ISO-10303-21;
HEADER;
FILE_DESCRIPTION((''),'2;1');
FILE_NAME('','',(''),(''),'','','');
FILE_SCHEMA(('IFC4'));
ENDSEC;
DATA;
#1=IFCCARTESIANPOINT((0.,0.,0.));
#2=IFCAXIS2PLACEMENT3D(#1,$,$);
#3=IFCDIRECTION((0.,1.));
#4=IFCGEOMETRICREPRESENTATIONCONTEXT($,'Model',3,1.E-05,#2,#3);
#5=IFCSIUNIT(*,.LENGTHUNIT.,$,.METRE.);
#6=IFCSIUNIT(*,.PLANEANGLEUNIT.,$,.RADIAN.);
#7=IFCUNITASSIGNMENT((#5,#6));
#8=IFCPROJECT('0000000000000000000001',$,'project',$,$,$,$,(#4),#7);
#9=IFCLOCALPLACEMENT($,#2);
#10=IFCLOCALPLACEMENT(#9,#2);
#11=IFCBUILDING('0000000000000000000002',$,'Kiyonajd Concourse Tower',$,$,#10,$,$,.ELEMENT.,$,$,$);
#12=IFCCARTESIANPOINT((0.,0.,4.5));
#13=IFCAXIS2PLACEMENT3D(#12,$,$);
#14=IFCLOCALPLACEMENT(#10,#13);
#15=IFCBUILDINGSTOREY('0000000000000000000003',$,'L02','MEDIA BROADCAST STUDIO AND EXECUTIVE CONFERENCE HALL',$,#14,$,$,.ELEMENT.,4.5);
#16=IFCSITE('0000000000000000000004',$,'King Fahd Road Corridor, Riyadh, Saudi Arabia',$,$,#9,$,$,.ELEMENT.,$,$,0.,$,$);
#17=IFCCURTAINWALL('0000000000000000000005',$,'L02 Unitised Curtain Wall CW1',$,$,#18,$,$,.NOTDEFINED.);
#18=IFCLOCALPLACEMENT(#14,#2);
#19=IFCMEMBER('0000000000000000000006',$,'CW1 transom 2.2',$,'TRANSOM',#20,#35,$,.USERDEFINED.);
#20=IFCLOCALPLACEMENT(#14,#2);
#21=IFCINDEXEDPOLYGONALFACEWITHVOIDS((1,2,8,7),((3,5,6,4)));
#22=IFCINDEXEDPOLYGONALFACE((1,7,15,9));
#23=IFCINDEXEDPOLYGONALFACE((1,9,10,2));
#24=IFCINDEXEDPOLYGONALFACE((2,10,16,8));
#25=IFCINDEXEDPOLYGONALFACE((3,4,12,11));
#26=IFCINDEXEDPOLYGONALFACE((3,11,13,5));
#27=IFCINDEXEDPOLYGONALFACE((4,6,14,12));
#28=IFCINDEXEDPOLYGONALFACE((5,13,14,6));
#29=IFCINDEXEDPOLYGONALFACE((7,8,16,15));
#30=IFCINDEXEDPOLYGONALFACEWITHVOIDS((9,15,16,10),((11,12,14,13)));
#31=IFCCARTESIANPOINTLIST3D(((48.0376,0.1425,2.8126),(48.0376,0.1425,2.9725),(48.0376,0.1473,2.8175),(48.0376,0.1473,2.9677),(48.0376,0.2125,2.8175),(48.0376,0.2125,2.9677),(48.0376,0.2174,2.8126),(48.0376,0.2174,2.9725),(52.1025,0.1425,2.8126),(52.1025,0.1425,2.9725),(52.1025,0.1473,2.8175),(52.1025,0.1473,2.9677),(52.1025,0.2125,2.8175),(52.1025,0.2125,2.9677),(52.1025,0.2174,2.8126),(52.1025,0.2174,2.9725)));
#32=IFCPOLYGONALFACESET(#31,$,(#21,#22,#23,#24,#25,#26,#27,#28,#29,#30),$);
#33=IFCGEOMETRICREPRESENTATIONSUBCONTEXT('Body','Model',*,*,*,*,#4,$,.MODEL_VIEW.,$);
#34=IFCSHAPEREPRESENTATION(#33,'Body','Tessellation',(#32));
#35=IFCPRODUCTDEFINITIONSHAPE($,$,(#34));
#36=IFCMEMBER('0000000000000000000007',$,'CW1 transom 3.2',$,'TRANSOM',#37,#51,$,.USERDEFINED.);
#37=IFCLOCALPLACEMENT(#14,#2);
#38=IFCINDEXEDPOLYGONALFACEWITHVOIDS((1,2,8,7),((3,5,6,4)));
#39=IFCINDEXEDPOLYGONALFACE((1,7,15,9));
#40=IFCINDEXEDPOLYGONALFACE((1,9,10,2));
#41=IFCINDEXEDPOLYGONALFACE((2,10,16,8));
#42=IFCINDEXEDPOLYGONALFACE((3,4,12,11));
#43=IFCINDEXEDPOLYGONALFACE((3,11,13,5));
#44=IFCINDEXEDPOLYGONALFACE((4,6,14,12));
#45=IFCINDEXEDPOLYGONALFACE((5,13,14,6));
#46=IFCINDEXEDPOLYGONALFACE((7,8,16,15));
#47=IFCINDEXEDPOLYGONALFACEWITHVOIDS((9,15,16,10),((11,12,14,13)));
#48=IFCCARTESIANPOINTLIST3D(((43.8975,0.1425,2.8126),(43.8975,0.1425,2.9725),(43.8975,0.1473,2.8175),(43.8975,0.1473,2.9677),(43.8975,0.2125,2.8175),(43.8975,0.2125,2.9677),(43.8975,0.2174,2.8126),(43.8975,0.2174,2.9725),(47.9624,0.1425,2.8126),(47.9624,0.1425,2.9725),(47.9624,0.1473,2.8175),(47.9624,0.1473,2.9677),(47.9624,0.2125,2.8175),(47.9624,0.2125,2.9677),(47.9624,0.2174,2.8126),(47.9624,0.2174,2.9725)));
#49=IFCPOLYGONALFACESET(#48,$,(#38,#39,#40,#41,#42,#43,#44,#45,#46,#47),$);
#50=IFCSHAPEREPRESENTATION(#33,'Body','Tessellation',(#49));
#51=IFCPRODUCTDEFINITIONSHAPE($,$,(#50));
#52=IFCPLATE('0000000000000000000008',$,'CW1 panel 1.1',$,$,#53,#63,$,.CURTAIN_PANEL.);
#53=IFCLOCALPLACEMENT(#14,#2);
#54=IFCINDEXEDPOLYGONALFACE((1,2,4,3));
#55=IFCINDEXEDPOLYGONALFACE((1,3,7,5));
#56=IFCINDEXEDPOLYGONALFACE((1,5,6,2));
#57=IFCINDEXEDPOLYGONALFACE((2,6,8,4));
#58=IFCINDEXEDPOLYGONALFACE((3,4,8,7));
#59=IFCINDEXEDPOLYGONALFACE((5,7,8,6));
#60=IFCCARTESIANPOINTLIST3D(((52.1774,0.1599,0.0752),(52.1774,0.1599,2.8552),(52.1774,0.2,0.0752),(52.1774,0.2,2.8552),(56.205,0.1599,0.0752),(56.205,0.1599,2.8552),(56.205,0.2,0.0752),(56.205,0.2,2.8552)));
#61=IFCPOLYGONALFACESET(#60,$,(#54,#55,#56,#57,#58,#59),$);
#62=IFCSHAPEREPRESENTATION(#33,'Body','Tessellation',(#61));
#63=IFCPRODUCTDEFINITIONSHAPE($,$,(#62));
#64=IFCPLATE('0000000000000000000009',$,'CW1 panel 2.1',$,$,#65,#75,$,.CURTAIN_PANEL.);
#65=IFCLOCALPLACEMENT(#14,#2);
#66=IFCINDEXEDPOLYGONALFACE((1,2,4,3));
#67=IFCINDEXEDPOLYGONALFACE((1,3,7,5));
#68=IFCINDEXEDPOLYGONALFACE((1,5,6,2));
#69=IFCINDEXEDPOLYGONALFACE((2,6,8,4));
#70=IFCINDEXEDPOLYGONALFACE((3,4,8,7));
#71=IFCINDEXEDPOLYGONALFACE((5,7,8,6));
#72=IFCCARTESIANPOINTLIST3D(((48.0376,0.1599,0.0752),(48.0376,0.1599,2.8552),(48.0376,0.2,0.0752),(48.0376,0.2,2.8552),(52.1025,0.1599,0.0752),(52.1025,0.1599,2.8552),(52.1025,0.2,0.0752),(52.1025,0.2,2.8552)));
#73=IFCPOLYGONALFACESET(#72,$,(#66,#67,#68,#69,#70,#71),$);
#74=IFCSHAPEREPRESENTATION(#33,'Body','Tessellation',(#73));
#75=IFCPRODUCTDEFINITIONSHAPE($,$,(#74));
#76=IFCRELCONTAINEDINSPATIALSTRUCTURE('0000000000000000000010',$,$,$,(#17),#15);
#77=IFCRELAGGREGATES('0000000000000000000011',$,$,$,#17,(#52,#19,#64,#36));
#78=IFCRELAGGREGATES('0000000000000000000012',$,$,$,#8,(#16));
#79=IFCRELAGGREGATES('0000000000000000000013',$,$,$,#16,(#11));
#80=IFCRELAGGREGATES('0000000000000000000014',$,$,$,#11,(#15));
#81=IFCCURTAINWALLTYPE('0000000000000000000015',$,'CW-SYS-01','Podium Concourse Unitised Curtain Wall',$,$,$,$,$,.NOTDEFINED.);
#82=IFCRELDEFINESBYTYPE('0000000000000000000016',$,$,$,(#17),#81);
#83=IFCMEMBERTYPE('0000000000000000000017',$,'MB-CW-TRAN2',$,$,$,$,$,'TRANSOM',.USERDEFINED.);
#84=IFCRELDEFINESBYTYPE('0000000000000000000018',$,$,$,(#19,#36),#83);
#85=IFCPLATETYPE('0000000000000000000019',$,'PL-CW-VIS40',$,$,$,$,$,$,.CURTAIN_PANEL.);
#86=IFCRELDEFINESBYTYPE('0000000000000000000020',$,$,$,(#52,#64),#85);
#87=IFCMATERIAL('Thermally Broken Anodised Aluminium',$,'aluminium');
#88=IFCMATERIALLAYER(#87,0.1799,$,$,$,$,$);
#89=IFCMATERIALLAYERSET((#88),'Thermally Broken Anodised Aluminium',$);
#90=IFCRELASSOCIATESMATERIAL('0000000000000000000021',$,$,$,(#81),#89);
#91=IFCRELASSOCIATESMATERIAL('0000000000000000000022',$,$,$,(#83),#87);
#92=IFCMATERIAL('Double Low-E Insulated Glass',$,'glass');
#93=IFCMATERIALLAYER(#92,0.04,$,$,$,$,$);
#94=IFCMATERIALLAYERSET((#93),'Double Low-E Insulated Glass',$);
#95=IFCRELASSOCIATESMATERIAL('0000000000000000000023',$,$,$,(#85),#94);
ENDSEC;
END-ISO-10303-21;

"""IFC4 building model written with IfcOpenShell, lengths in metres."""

from ifc_helpers import new_model, si_unit, direction, frame, origin, origin_2d, place, context, subcontext, project, spatial, rectangle, hollow_rectangle, extrude, material, layer, layer_set, material_profile, profile_set, type_object, element, aggregate, save


model = new_model("IFC4")

# Units and contexts
model_context = context("Model", 3, precision=1e-05, world=origin(), true_north=direction((0.0, 1.0)))
body_context = subcontext(model_context, "Body", "Model", "MODEL_VIEW")
ifc_project = project(units=[si_unit("LENGTHUNIT", "METRE"), si_unit("PLANEANGLEUNIT", "RADIAN")], contexts=[model_context])

# Site, building, storey
site_placement = place(None, origin())
site = spatial("IfcSite", under=ifc_project, at=site_placement, Name="King Fahd Road Corridor, Riyadh, Saudi Arabia", CompositionType="ELEMENT", RefElevation=0.0)
building_placement = place(site_placement, origin())
building = spatial("IfcBuilding", under=site, at=building_placement, Name="Kiyonajd Concourse Tower", CompositionType="ELEMENT")
storey_placement = place(building_placement, frame((0.0, 0.0, 4.5)))
storey = spatial("IfcBuildingStorey", under=building, at=storey_placement, Name="L02", Description="MEDIA BROADCAST STUDIO AND EXECUTIVE CONFERENCE HALL", CompositionType="ELEMENT", Elevation=4.5)

# Curtain wall, members, plates
ifc_material_1 = material(Name="Thermally Broken Anodised Aluminium", Category="aluminium")
ifc_layer_1 = layer(ifc_material_1, 0.1799)
ifc_layer_set_1 = layer_set([ifc_layer_1], Name="Thermally Broken Anodised Aluminium")
curtain_wall_type = type_object("IfcCurtainWallType", Name="CW-SYS-01", Description="Podium Concourse Unitised Curtain Wall", PredefinedType="NOTDEFINED", material=ifc_layer_set_1)
curtain_wall_placement = place(storey_placement, origin())
curtain_wall = element("IfcCurtainWall", 1, at=curtain_wall_placement, inside=storey, type_object=curtain_wall_type, Name="L02 Unitised Curtain Wall CW1", PredefinedType="NOTDEFINED")
ifc_material_profile_1 = material_profile(ifc_material_1, hollow_rectangle(XDim=0.075, YDim=0.1599, WallThickness=0.0049, at=origin_2d()), Name="TRAN-75x160")
ifc_profile_set_1 = profile_set([ifc_material_profile_1], Name="Thermally Broken Anodised Aluminium")
member_type_1 = type_object("IfcMemberType", Name="MB-CW-TRAN2", ElementType="TRANSOM", PredefinedType="USERDEFINED", material=ifc_profile_set_1)
member_1_placement = place(storey_placement, frame((52.1025, 0.1799, 2.8926), z_axis=(-1.0, 0.0, 0.0), x_axis=(0.0, -1.0, 0.0)))
member_1 = element("IfcMember", 2, at=member_1_placement, type_object=member_type_1, Name="CW1 transom 2.2", ObjectType="TRANSOM", PredefinedType="USERDEFINED", context=body_context, shape_type="SweptSolid", body=[
    extrude(hollow_rectangle(XDim=0.075, YDim=0.1599, WallThickness=0.0049, at=origin_2d()), origin(), (0.0, 0.0, 1.0), 4.0649),
])
member_2_placement = place(storey_placement, frame((47.9624, 0.1799, 2.8926), z_axis=(-1.0, 0.0, 0.0), x_axis=(0.0, -1.0, 0.0)))
member_2 = element("IfcMember", 3, at=member_2_placement, type_object=member_type_1, Name="CW1 transom 3.2", ObjectType="TRANSOM", PredefinedType="USERDEFINED", context=body_context, shape_type="SweptSolid", body=[
    extrude(hollow_rectangle(XDim=0.075, YDim=0.1599, WallThickness=0.0049, at=origin_2d()), origin(), (0.0, 0.0, 1.0), 4.0649),
])
ifc_material_2 = material(Name="Double Low-E Insulated Glass", Category="glass")
ifc_layer_2 = layer(ifc_material_2, 0.04)
ifc_layer_set_2 = layer_set([ifc_layer_2], Name="Double Low-E Insulated Glass")
plate_type = type_object("IfcPlateType", Name="PL-CW-VIS40", PredefinedType="CURTAIN_PANEL", material=ifc_layer_set_2)
plate_1_placement = place(storey_placement, frame((54.1912, 0.1799, 0.0752), z_axis=(0.0, 0.0, 1.0), x_axis=(-1.0, 0.0, 0.0)))
plate_1 = element("IfcPlate", 4, at=plate_1_placement, type_object=plate_type, Name="CW1 panel 1.1", PredefinedType="CURTAIN_PANEL", context=body_context, shape_type="SweptSolid", body=[
    extrude(rectangle(XDim=4.0276, YDim=0.04, at=origin_2d()), origin(), (0.0, 0.0, 1.0), 2.78),
])
plate_2_placement = place(storey_placement, frame((50.0701, 0.1799, 0.0752), z_axis=(0.0, 0.0, 1.0), x_axis=(-1.0, 0.0, 0.0)))
plate_2 = element("IfcPlate", 5, at=plate_2_placement, type_object=plate_type, Name="CW1 panel 2.1", PredefinedType="CURTAIN_PANEL", context=body_context, shape_type="SweptSolid", body=[
    extrude(rectangle(XDim=4.0649, YDim=0.04, at=origin_2d()), origin(), (0.0, 0.0, 1.0), 2.78),
])
aggregate(curtain_wall, [plate_1, member_1, plate_2, member_2])

save(model, "model.ifc")
